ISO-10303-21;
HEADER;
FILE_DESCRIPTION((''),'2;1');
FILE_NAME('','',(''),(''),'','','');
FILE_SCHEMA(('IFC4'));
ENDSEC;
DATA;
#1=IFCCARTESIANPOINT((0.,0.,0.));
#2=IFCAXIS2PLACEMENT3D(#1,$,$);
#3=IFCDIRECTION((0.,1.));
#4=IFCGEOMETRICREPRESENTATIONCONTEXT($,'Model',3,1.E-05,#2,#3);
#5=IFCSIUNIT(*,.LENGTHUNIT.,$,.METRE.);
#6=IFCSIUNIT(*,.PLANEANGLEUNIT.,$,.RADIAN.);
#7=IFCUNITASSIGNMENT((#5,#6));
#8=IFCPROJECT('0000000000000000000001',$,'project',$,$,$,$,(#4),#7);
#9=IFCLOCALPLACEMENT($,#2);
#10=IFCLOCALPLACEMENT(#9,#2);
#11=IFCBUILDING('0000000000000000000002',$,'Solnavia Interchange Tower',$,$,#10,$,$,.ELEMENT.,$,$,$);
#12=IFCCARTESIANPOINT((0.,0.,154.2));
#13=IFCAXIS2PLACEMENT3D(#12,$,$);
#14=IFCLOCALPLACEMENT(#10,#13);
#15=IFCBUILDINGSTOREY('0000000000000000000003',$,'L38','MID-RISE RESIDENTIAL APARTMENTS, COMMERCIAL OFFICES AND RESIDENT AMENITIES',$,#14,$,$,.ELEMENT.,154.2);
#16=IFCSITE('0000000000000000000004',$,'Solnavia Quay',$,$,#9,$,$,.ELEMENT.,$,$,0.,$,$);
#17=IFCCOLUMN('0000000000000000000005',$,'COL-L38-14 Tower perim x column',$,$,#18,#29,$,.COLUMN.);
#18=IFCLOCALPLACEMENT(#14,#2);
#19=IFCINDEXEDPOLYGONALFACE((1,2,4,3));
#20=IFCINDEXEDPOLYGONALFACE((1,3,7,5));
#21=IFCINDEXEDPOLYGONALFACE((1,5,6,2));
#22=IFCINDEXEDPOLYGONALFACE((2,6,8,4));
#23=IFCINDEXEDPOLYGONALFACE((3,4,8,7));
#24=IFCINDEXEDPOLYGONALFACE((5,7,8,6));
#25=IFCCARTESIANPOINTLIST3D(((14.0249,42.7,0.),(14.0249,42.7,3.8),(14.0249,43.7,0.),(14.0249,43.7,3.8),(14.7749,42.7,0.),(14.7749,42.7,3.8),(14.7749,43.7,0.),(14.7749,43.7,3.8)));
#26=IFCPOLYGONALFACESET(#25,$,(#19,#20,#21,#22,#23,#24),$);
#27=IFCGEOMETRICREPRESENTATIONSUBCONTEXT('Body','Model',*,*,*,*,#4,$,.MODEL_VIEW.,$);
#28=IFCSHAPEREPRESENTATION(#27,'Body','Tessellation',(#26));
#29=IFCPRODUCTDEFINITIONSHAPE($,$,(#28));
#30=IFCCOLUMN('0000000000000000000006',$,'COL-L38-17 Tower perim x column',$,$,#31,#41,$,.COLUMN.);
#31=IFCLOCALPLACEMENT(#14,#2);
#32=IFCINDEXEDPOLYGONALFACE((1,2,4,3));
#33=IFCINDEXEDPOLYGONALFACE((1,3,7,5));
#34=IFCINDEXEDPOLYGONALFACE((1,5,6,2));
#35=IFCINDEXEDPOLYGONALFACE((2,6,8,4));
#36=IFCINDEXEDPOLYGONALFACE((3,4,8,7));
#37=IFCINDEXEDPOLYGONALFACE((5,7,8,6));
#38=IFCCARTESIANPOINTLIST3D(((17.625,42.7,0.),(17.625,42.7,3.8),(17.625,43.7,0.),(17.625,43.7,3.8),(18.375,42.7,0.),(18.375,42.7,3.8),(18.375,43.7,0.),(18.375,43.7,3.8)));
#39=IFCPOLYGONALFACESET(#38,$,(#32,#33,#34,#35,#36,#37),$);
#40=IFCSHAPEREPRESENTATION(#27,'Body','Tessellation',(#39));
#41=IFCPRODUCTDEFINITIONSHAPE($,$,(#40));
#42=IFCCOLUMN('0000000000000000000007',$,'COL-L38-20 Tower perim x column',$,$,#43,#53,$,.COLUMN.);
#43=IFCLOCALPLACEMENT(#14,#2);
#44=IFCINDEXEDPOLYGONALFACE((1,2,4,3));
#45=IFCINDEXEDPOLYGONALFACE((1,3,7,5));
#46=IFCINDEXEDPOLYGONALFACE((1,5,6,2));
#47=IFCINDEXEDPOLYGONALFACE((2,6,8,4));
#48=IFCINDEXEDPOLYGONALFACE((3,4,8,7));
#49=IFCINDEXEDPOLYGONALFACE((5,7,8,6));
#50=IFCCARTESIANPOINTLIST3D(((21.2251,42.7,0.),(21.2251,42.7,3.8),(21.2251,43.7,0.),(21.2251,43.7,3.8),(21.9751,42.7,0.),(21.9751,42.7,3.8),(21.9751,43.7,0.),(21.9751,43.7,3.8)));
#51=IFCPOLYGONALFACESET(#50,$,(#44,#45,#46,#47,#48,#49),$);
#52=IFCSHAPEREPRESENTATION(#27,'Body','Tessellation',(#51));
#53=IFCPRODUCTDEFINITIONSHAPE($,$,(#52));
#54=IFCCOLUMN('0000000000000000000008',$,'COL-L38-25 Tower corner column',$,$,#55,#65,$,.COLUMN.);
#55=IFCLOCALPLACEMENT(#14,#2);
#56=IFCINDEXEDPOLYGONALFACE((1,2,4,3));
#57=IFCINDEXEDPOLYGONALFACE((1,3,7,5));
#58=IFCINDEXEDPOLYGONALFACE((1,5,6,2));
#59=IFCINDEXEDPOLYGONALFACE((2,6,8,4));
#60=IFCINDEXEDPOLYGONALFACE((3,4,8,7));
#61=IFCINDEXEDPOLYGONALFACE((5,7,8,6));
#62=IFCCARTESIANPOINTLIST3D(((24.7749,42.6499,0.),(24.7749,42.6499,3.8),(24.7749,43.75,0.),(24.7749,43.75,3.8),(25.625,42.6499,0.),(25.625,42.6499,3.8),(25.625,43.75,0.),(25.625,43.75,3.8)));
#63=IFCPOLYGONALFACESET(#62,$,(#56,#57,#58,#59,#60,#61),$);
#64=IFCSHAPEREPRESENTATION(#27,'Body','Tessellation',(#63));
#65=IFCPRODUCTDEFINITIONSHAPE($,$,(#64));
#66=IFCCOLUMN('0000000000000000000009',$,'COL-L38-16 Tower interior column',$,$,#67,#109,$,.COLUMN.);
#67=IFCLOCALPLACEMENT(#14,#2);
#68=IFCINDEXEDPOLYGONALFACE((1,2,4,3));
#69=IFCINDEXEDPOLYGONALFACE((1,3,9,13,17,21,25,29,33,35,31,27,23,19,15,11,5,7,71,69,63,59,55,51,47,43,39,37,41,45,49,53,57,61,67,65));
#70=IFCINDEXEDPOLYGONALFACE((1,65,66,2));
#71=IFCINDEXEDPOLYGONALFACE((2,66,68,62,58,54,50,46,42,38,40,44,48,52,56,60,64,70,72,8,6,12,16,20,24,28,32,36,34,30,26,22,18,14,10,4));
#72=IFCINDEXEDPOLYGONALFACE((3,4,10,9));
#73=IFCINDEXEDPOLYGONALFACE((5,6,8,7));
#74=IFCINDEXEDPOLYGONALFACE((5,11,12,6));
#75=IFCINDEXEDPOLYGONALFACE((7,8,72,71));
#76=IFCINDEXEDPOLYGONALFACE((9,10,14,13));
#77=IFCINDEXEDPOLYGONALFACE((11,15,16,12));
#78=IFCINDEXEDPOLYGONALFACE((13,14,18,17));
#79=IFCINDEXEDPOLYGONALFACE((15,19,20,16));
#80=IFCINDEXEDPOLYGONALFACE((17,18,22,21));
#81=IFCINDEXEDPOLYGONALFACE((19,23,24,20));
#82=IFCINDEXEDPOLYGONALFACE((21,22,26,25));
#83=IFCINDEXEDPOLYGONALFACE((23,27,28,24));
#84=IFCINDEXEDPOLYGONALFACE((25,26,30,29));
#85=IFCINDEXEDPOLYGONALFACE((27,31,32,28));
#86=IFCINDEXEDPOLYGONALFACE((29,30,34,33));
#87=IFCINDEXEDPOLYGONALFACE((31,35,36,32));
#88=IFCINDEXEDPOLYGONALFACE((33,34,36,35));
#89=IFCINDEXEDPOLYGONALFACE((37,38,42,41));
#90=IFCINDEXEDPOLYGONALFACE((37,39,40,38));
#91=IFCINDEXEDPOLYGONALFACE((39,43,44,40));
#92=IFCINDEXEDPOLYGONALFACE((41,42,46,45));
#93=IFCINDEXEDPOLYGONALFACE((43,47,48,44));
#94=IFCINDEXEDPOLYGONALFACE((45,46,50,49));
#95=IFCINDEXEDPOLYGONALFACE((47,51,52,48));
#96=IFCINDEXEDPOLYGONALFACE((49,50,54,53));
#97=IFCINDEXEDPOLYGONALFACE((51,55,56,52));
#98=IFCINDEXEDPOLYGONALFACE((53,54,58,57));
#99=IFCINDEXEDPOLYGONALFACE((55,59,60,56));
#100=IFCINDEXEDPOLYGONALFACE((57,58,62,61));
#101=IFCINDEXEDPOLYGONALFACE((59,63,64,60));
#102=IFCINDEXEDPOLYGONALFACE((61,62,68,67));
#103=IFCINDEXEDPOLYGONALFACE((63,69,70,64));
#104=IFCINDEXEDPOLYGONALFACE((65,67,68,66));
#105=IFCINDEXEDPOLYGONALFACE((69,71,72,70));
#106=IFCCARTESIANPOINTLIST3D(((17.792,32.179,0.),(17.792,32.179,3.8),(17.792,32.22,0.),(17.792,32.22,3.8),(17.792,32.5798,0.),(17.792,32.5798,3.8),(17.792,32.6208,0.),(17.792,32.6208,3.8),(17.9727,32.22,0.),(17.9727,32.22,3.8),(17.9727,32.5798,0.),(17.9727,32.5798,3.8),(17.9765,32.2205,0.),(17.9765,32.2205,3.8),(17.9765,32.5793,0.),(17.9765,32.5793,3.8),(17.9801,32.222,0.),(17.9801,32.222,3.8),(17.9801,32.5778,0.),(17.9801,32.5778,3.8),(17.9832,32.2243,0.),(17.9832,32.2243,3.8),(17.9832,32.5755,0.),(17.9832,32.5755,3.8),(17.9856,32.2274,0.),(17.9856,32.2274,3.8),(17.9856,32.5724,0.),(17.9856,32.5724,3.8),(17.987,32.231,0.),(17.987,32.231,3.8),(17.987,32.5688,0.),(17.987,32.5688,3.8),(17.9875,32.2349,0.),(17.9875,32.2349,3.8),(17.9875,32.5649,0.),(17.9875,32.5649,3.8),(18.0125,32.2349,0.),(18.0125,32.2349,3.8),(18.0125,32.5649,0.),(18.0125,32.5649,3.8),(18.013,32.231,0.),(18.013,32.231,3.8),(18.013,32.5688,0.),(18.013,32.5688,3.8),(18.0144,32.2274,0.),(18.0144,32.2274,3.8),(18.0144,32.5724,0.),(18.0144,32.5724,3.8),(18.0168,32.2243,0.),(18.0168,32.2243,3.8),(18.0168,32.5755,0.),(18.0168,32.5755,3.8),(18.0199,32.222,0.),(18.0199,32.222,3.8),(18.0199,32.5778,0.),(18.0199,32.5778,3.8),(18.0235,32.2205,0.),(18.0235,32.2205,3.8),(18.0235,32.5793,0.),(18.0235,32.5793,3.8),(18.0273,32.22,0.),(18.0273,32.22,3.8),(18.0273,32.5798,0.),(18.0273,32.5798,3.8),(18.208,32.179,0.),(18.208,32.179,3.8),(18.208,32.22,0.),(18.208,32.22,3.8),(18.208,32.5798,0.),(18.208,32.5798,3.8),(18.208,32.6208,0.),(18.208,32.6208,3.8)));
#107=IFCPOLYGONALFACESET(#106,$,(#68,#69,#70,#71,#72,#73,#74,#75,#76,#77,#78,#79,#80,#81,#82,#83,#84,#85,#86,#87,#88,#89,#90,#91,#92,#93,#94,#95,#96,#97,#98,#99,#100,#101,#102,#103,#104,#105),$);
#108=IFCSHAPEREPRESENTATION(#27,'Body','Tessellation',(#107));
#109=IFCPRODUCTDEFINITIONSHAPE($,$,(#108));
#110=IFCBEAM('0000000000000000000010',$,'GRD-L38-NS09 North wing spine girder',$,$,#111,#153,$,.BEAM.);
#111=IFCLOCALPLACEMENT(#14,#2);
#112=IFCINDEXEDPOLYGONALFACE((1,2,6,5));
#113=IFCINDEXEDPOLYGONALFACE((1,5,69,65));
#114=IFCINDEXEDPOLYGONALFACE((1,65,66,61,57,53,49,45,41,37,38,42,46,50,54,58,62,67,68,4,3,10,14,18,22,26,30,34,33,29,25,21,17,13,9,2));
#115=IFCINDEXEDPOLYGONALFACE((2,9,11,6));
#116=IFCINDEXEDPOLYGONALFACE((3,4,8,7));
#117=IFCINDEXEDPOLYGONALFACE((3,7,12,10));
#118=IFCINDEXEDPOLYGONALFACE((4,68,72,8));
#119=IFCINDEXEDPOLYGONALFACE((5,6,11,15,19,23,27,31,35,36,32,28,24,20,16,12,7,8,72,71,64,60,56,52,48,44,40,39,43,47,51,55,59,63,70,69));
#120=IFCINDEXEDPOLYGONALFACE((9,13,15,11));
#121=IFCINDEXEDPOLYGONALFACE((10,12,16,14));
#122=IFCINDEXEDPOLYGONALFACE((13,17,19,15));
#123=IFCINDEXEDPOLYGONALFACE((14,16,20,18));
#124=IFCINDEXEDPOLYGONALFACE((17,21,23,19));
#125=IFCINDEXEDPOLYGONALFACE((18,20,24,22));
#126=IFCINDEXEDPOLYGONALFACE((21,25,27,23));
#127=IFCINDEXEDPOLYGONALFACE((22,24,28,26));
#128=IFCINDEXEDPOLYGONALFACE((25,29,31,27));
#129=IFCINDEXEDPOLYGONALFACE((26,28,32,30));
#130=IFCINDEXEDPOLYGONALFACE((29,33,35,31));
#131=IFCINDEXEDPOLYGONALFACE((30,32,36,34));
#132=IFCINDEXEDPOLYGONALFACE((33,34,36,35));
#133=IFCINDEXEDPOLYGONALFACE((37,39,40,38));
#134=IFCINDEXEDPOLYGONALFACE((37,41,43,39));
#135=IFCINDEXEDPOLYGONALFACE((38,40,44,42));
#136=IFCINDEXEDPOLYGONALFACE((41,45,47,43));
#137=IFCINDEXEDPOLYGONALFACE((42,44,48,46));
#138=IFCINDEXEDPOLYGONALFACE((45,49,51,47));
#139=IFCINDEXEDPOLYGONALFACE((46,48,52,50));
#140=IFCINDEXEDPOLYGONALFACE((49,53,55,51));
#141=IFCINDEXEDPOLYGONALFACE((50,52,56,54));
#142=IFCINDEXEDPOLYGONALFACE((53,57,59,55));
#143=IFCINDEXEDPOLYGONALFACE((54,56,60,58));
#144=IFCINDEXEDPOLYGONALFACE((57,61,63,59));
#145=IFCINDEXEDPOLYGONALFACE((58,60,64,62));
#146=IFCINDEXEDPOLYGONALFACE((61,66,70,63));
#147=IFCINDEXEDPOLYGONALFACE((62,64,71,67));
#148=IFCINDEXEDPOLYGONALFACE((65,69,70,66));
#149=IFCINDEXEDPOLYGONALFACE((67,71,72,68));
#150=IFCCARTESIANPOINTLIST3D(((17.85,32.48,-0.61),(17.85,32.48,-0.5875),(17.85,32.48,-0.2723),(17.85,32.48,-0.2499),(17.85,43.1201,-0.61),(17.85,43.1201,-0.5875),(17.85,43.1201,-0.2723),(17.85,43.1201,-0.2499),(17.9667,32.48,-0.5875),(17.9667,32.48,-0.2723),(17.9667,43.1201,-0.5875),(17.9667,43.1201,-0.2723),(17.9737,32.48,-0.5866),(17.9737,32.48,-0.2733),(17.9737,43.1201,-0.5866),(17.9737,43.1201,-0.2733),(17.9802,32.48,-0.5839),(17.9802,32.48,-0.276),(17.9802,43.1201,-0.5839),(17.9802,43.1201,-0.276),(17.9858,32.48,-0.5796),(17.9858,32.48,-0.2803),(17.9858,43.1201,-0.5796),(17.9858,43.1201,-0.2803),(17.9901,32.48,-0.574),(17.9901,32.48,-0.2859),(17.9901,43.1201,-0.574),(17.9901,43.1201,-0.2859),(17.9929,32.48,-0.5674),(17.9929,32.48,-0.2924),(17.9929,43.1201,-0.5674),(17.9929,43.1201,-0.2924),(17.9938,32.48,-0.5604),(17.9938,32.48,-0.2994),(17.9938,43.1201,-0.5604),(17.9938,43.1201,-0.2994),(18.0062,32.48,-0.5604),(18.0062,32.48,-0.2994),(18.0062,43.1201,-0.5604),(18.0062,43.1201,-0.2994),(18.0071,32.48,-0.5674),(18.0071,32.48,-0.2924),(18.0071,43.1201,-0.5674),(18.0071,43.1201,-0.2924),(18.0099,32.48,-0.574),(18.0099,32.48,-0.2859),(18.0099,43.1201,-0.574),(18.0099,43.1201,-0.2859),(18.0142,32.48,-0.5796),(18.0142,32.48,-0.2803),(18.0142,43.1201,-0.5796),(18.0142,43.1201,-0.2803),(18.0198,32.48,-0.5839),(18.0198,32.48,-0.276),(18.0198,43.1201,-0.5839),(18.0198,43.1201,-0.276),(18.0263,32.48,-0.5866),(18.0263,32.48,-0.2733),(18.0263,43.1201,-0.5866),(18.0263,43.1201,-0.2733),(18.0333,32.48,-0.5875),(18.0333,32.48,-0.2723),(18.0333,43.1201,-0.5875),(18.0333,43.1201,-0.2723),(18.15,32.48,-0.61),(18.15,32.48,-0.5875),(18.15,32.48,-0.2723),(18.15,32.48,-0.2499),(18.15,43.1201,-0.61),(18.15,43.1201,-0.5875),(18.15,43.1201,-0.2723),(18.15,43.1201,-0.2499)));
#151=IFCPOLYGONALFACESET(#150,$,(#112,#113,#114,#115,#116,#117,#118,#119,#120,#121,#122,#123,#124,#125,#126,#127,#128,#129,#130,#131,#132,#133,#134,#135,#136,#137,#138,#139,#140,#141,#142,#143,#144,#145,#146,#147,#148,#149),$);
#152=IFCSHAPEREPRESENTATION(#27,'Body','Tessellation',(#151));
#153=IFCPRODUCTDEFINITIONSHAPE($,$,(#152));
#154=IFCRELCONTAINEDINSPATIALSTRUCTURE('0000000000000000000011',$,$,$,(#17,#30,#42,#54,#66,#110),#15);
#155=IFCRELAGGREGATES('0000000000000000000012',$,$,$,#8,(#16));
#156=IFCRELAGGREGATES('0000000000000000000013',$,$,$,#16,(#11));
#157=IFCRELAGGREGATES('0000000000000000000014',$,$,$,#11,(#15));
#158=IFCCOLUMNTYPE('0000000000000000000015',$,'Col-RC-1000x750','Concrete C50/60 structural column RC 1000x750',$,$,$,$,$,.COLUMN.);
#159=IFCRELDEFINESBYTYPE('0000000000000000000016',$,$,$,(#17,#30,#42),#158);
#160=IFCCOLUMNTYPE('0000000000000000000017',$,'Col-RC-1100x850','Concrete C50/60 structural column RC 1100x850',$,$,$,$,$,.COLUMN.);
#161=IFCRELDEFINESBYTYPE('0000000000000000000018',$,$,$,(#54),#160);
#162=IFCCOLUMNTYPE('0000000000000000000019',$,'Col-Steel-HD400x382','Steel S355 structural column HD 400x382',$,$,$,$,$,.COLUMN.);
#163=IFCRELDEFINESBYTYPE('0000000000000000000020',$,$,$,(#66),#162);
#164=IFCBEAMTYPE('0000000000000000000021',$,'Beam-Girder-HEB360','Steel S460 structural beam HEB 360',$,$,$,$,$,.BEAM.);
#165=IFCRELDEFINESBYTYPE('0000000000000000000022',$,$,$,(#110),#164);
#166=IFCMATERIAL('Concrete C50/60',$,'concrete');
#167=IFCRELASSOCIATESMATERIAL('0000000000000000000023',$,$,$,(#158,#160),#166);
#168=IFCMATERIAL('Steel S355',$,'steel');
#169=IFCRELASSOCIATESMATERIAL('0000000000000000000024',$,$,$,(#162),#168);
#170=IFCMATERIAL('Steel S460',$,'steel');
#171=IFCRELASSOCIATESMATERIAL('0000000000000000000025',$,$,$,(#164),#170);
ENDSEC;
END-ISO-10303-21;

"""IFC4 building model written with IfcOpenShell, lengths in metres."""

from ifc_helpers import new_model, si_unit, direction, frame, origin, origin_2d, place, context, subcontext, project, spatial, rectangle, i_section, extrude, material, material_profile, profile_set, type_object, element, save


model = new_model("IFC4")

# Units and contexts
model_context = context("Model", 3, precision=1e-05, world=origin(), true_north=direction((0.0, 1.0)))
body_context = subcontext(model_context, "Body", "Model", "MODEL_VIEW")
ifc_project = project(units=[si_unit("LENGTHUNIT", "METRE"), si_unit("PLANEANGLEUNIT", "RADIAN")], contexts=[model_context])

# Site, building, storey
site_placement = place(None, origin())
site = spatial("IfcSite", under=ifc_project, at=site_placement, Name="Solnavia Quay", CompositionType="ELEMENT", RefElevation=0.0)
building_placement = place(site_placement, origin())
building = spatial("IfcBuilding", under=site, at=building_placement, Name="Solnavia Interchange Tower", CompositionType="ELEMENT")
storey_placement = place(building_placement, frame((0.0, 0.0, 154.2)))
storey = spatial("IfcBuildingStorey", under=building, at=storey_placement, Name="L38", Description="MID-RISE RESIDENTIAL APARTMENTS, COMMERCIAL OFFICES AND RESIDENT AMENITIES", CompositionType="ELEMENT", Elevation=154.2)

# Columns
ifc_material_1 = material(Name="Concrete C50/60", Category="concrete")
ifc_material_profile_1 = material_profile(ifc_material_1, rectangle(XDim=0.75, YDim=1.0, at=origin_2d()), Name="RC 1000x750")
ifc_profile_set_1 = profile_set([ifc_material_profile_1], Name="Concrete C50/60")
column_type_1 = type_object("IfcColumnType", Name="Col-RC-1000x750", Description="Concrete C50/60 structural column RC 1000x750", PredefinedType="COLUMN", material=ifc_profile_set_1)
for number, where, z_axis, x_axis, name in (
    (1, (14.3999, 43.2, 0.0), (0.0, 0.0, 1.0), (1.0, 0.0, 0.0), "COL-L38-14 Tower perim x column"),
    (2, (18.0, 43.2, 0.0), (0.0, 0.0, 1.0), (1.0, 0.0, 0.0), "COL-L38-17 Tower perim x column"),
    (3, (21.6001, 43.2, 0.0), (0.0, 0.0, 1.0), (1.0, 0.0, 0.0), "COL-L38-20 Tower perim x column"),
):
    element("IfcColumn", number, at=place(storey_placement, frame(where, z_axis=z_axis, x_axis=x_axis)), inside=storey, type_object=column_type_1, Name=name, PredefinedType="COLUMN", context=body_context, shape_type="SweptSolid", body=[
        extrude(rectangle(XDim=0.75, YDim=1.0, at=origin_2d()), origin(), (0.0, 0.0, 1.0), 3.8),
    ])
ifc_material_profile_2 = material_profile(ifc_material_1, rectangle(XDim=0.8501, YDim=1.1001, at=origin_2d()), Name="RC 1100x850")
ifc_profile_set_2 = profile_set([ifc_material_profile_2], Name="Concrete C50/60")
column_type_2 = type_object("IfcColumnType", Name="Col-RC-1100x850", Description="Concrete C50/60 structural column RC 1100x850", PredefinedType="COLUMN", material=ifc_profile_set_2)
column_1_placement = place(storey_placement, frame((25.2, 43.2, 0.0), z_axis=(0.0, 0.0, 1.0), x_axis=(1.0, 0.0, 0.0)))
element("IfcColumn", 4, at=column_1_placement, inside=storey, type_object=column_type_2, Name="COL-L38-25 Tower corner column", PredefinedType="COLUMN", context=body_context, shape_type="SweptSolid", body=[
    extrude(rectangle(XDim=0.8501, YDim=1.1001, at=origin_2d()), origin(), (0.0, 0.0, 1.0), 3.8),
])
ifc_material_2 = material(Name="Steel S355", Category="steel")
ifc_material_profile_3 = material_profile(ifc_material_2, i_section(OverallWidth=0.416, OverallDepth=0.4419, WebThickness=0.0249, FlangeThickness=0.041, FilletRadius=0.0149, at=origin_2d()), Name="HD 400x382")
ifc_profile_set_3 = profile_set([ifc_material_profile_3], Name="Steel S355")
column_type_3 = type_object("IfcColumnType", Name="Col-Steel-HD400x382", Description="Steel S355 structural column HD 400x382", PredefinedType="COLUMN", material=ifc_profile_set_3)
column_2_placement = place(storey_placement, frame((18.0, 32.3999, 0.0), z_axis=(0.0, 0.0, 1.0), x_axis=(1.0, 0.0, 0.0)))
element("IfcColumn", 5, at=column_2_placement, inside=storey, type_object=column_type_3, Name="COL-L38-16 Tower interior column", PredefinedType="COLUMN", context=body_context, shape_type="SweptSolid", body=[
    extrude(i_section(OverallWidth=0.416, OverallDepth=0.4419, WebThickness=0.0249, FlangeThickness=0.041, FilletRadius=0.0149, at=origin_2d()), origin(), (0.0, 0.0, 1.0), 3.8),
])

# Beam
ifc_material_3 = material(Name="Steel S460", Category="steel")
ifc_material_profile_4 = material_profile(ifc_material_3, i_section(OverallWidth=0.3, OverallDepth=0.3601, WebThickness=0.0125, FlangeThickness=0.0225, FilletRadius=0.0271, at=origin_2d()), Name="HEB 360")
ifc_profile_set_4 = profile_set([ifc_material_profile_4], Name="Steel S460")
beam_type_1 = type_object("IfcBeamType", Name="Beam-Girder-HEB360", Description="Steel S460 structural beam HEB 360", PredefinedType="BEAM", material=ifc_profile_set_4)
beam_1_placement = place(storey_placement, frame((18.0, 32.48, -0.4299), z_axis=(0.0, 1.0, 0.0), x_axis=(-1.0, 0.0, 0.0)))
element("IfcBeam", 6, at=beam_1_placement, inside=storey, type_object=beam_type_1, Name="GRD-L38-NS09 North wing spine girder", PredefinedType="BEAM", context=body_context, shape_type="SweptSolid", body=[
    extrude(i_section(OverallWidth=0.3, OverallDepth=0.3601, WebThickness=0.0125, FlangeThickness=0.0225, FilletRadius=0.0271, at=origin_2d()), origin(), (0.0, 0.0, 1.0), 10.6401),
])

save(model, "model.ifc")
